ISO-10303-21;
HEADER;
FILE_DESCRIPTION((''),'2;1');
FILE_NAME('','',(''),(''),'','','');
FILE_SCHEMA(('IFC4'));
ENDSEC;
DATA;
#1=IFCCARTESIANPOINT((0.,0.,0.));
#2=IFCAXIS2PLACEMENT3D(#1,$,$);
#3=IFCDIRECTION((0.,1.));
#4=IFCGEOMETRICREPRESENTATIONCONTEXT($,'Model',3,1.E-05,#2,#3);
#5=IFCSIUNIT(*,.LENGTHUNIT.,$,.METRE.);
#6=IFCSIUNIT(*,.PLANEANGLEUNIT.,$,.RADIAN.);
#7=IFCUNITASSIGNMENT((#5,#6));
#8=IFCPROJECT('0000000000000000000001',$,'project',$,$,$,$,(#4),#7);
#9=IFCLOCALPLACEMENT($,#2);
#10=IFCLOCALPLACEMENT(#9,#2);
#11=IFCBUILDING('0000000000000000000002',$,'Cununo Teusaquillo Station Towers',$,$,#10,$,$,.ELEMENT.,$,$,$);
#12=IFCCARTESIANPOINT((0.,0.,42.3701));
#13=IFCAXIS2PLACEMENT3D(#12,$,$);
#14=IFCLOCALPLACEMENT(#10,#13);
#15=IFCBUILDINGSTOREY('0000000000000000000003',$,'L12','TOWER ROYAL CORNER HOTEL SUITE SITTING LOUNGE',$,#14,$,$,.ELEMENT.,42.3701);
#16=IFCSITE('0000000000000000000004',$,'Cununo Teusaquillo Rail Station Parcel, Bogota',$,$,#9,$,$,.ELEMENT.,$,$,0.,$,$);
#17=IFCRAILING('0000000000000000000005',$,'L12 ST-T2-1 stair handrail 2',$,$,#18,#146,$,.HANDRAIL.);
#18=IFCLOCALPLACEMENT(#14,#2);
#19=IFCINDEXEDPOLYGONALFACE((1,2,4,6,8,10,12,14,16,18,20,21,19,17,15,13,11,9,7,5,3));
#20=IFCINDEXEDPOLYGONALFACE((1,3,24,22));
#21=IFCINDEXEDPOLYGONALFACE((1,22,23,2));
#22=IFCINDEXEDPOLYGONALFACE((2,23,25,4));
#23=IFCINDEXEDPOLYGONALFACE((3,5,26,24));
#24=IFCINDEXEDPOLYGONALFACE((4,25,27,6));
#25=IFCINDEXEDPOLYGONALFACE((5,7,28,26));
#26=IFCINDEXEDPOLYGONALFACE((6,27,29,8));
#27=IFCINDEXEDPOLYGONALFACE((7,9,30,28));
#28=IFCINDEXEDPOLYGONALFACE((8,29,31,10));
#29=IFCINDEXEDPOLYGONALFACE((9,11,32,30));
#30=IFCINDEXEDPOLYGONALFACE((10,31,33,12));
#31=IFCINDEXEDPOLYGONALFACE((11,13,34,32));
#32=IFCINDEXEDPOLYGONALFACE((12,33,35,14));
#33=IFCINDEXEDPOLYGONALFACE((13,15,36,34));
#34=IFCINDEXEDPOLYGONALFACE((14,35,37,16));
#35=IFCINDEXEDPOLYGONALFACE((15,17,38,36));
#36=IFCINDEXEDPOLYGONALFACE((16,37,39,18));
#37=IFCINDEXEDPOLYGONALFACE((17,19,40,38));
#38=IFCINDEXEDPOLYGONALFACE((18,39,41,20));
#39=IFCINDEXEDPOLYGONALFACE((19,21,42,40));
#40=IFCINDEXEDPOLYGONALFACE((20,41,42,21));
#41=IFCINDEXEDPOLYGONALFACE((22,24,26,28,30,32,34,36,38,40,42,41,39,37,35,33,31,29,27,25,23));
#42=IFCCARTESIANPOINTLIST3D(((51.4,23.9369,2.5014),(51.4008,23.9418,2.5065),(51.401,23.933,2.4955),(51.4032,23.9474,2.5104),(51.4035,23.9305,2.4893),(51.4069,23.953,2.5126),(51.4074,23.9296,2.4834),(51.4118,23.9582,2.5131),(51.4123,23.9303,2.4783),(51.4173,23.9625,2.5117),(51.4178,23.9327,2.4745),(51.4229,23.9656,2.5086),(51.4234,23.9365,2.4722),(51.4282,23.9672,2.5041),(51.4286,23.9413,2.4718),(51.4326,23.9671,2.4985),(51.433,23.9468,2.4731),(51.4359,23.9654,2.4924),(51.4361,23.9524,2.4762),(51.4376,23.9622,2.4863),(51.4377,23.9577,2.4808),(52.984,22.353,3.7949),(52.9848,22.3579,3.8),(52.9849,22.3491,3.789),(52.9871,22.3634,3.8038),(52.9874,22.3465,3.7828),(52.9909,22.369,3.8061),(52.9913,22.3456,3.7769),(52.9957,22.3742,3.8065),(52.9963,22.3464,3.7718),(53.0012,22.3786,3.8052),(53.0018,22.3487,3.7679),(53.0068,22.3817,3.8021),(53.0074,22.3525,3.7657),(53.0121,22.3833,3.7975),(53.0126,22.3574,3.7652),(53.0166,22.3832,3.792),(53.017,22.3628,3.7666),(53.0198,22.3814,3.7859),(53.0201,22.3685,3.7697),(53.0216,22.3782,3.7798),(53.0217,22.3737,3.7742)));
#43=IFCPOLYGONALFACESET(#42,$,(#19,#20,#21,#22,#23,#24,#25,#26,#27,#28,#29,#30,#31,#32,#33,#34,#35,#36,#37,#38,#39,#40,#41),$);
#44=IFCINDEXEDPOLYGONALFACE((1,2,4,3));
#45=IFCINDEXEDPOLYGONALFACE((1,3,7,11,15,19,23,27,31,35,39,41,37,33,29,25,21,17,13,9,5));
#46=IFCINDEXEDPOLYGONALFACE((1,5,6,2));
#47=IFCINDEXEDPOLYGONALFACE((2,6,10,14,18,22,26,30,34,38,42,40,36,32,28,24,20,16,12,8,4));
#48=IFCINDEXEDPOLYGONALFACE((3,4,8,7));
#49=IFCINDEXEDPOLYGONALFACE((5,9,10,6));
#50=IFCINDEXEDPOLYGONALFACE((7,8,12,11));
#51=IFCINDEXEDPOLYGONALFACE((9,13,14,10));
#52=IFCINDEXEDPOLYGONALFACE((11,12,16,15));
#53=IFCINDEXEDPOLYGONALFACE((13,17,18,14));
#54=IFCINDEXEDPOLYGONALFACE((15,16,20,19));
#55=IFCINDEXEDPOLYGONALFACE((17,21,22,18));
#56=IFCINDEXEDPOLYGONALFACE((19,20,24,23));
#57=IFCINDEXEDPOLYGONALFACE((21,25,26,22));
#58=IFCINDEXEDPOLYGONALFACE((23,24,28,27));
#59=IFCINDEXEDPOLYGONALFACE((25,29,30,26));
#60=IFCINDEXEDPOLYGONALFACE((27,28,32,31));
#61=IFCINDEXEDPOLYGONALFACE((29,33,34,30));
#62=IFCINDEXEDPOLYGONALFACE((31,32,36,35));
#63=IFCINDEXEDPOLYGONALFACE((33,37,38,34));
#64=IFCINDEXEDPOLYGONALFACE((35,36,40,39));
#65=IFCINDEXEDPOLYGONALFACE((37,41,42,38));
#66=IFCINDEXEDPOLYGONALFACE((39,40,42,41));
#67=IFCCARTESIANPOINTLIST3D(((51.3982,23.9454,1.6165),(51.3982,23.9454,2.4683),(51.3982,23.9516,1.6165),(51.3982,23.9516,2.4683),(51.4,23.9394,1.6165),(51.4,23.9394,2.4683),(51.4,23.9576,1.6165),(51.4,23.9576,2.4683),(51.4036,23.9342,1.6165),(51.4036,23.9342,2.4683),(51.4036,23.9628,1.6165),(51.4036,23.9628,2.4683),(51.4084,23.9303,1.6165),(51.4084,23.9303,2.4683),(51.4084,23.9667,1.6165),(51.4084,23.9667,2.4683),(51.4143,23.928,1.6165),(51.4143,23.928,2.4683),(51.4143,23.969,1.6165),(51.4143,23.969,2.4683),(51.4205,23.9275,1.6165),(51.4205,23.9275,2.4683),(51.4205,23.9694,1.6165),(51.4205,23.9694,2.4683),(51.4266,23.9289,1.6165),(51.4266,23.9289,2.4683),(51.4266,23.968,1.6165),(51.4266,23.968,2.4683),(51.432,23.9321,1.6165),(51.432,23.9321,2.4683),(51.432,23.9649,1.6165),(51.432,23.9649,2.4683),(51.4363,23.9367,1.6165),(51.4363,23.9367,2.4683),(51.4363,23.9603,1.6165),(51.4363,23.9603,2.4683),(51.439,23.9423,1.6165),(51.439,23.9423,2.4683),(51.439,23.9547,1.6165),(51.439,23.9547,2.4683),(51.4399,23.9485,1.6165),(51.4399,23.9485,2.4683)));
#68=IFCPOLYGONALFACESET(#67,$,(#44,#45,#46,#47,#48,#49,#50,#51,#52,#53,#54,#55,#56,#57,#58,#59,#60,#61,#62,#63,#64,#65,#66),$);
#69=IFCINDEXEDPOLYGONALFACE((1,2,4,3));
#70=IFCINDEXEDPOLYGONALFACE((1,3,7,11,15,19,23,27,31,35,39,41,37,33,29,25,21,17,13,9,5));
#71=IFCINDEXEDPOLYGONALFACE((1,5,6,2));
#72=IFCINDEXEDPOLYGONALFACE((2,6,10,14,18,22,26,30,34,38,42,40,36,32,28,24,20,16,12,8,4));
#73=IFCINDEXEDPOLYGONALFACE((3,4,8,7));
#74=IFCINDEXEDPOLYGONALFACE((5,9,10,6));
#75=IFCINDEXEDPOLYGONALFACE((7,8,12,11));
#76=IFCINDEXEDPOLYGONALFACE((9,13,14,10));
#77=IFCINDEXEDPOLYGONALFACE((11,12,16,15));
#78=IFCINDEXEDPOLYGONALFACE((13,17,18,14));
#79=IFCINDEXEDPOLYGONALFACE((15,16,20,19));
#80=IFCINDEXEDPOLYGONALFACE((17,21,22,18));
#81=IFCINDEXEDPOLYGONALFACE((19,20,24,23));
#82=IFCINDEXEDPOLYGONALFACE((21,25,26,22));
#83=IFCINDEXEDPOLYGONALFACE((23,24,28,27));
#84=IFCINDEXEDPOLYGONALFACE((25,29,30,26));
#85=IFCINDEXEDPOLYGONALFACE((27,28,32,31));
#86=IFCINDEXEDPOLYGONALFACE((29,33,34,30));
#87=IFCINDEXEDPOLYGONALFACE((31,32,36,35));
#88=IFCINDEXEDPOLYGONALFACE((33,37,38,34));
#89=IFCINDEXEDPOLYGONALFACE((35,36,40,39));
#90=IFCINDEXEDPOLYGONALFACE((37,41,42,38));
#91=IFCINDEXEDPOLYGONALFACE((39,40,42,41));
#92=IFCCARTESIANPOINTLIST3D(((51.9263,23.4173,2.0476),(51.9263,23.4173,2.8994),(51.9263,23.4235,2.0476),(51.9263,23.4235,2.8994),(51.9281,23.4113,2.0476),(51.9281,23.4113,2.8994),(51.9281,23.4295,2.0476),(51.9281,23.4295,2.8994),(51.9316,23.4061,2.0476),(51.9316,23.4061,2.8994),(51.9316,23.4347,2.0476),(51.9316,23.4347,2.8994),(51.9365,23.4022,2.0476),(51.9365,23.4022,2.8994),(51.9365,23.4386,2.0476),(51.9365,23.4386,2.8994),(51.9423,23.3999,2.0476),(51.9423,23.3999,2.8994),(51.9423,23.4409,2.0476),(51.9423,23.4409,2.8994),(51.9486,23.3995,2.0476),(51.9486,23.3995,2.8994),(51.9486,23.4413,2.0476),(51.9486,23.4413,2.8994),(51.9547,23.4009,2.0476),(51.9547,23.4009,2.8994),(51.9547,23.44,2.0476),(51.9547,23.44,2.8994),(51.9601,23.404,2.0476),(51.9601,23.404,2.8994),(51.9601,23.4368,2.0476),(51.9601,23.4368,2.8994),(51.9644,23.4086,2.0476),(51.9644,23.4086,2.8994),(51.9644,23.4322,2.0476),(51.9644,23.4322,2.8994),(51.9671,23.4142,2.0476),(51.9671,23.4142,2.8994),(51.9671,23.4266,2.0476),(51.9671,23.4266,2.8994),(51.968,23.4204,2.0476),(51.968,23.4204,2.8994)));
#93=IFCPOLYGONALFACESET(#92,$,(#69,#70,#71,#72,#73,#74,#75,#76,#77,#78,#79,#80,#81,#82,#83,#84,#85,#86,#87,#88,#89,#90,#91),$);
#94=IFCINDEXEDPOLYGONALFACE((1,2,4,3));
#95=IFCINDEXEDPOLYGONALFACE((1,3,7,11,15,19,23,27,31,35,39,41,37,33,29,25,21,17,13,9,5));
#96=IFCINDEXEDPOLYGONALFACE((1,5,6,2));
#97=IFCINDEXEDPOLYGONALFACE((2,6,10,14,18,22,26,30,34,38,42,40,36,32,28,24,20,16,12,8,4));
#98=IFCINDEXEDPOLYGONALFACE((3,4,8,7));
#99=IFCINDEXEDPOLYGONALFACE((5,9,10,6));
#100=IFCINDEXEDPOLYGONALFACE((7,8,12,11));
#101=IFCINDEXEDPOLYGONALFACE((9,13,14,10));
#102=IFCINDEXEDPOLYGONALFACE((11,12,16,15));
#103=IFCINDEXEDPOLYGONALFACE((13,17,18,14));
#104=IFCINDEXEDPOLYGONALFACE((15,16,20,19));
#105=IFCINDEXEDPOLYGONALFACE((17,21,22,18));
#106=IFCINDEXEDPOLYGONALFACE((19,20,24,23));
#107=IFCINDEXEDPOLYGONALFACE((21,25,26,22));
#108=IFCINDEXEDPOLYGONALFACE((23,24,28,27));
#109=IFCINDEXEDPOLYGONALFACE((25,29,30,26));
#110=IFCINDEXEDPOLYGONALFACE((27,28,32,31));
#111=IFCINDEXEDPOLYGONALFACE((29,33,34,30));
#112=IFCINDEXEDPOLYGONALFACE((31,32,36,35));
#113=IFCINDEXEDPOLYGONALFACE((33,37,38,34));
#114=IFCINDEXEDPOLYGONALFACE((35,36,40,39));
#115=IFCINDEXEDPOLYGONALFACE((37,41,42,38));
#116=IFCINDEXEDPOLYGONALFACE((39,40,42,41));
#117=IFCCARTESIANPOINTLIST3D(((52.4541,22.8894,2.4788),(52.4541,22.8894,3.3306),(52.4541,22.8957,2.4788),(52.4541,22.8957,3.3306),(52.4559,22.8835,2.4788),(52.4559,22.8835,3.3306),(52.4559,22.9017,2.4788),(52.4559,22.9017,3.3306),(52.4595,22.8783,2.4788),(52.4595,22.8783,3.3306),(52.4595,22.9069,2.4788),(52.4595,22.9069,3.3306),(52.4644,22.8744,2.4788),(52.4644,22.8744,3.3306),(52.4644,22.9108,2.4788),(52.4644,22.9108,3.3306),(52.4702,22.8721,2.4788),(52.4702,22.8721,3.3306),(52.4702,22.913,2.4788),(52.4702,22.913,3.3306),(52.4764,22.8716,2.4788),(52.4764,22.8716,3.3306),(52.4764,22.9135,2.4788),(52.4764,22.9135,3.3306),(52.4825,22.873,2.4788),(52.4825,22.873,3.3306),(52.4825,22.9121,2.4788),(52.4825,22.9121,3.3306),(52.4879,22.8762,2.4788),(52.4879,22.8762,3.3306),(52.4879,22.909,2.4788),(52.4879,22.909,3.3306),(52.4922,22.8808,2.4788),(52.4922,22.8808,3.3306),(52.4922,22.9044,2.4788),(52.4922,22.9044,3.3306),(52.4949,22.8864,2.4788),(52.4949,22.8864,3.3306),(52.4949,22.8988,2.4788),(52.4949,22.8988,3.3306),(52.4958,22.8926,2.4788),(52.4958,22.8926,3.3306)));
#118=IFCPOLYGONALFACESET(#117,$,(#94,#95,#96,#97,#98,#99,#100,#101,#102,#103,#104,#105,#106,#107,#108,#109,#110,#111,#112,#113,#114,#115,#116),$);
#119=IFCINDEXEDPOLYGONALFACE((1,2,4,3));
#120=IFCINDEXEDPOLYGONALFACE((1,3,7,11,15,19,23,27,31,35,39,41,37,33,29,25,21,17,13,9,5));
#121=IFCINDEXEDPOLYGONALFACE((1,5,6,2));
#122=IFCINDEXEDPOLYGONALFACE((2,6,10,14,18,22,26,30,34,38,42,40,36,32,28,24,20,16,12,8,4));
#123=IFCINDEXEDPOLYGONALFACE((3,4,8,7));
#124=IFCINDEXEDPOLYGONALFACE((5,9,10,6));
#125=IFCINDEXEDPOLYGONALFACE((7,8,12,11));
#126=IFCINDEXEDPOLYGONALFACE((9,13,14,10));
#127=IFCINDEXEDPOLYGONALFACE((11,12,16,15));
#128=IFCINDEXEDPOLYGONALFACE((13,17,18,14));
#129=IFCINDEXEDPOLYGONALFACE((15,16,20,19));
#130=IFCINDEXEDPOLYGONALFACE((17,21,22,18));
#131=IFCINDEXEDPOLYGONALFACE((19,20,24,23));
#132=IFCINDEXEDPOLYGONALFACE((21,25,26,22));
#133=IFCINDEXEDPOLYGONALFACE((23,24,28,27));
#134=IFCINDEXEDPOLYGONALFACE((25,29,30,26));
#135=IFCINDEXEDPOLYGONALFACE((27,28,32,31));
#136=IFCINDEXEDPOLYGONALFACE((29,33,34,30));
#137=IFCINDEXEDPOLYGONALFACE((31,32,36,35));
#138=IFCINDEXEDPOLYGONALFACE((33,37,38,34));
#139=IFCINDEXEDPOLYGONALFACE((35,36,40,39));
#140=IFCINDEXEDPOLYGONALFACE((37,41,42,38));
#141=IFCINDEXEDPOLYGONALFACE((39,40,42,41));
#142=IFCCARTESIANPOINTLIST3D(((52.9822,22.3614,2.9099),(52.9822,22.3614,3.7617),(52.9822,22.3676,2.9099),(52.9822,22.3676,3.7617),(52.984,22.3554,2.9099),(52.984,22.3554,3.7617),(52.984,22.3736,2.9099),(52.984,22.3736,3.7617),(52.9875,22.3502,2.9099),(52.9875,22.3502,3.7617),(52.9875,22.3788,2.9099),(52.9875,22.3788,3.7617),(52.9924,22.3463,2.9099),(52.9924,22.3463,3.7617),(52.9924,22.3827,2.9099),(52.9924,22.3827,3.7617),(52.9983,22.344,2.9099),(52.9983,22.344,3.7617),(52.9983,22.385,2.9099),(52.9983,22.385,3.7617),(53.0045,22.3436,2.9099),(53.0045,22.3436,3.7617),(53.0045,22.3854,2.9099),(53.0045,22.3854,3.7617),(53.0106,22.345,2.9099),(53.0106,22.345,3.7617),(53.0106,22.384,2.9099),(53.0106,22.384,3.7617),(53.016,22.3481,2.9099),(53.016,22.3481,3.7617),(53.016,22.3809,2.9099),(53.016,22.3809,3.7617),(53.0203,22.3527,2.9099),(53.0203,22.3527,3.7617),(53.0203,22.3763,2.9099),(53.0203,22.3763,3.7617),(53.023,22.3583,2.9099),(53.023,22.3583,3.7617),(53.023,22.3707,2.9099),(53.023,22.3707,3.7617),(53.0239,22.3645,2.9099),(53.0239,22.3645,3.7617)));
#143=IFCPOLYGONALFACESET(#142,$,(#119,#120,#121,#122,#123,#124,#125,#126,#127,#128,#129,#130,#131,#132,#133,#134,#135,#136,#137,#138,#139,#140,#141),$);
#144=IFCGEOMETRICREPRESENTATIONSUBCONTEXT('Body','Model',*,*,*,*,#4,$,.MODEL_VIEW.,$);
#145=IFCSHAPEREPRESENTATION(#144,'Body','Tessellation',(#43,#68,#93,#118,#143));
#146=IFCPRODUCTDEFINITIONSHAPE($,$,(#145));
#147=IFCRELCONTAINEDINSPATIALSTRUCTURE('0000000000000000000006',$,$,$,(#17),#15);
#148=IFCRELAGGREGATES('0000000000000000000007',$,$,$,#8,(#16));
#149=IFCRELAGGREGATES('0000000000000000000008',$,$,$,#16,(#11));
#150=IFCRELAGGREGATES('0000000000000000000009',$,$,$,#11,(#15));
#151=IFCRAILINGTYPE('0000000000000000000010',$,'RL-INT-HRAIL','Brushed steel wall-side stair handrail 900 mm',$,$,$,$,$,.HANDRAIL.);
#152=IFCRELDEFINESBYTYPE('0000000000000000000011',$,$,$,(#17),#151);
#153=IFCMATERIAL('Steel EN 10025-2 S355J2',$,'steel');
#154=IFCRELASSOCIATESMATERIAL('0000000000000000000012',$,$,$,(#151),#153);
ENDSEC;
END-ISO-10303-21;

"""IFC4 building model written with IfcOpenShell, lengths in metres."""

from ifc_helpers import new_model, si_unit, direction, frame, origin, origin_2d, place, context, subcontext, project, spatial, circle, extrude, material, type_object, element, save


model = new_model("IFC4")

# Units and contexts
model_context = context("Model", 3, precision=1e-05, world=origin(), true_north=direction((0.0, 1.0)))
body_context = subcontext(model_context, "Body", "Model", "MODEL_VIEW")
ifc_project = project(units=[si_unit("LENGTHUNIT", "METRE"), si_unit("PLANEANGLEUNIT", "RADIAN")], contexts=[model_context])

# Site, building, storey
site_placement = place(None, origin())
site = spatial("IfcSite", under=ifc_project, at=site_placement, Name="Cununo Teusaquillo Rail Station Parcel, Bogota", CompositionType="ELEMENT", RefElevation=0.0)
building_placement = place(site_placement, origin())
building = spatial("IfcBuilding", under=site, at=building_placement, Name="Cununo Teusaquillo Station Towers", CompositionType="ELEMENT")
storey_placement = place(building_placement, frame((0.0, 0.0, 42.3701)))
storey = spatial("IfcBuildingStorey", under=building, at=storey_placement, Name="L12", Description="TOWER ROYAL CORNER HOTEL SUITE SITTING LOUNGE", CompositionType="ELEMENT", Elevation=42.3701)

# Railing
ifc_material_1 = material(Name="Steel EN 10025-2 S355J2", Category="steel")
railing_type = type_object("IfcRailingType", Name="RL-INT-HRAIL", Description="Brushed steel wall-side stair handrail 900 mm", PredefinedType="HANDRAIL", material=ifc_material_1)
railing_placement = place(storey_placement, frame((51.4189, 23.9485, 1.6165)))
element("IfcRailing", 1, at=railing_placement, inside=storey, type_object=railing_type, Name="L12 ST-T2-1 stair handrail 2", PredefinedType="HANDRAIL", context=body_context, shape_type="SweptSolid", body=[
    extrude(circle(Radius=0.0239, at=origin_2d()), frame((0.0, 0.0, 0.876), z_axis=(0.612356, -0.612356, 0.50004), x_axis=(0.707107, 0.707107, 0.0)), (0.0, 0.0, 1.0), 2.5867),
    extrude(circle(Radius=0.021, at=origin_2d()), origin(), (0.0, 0.0, 1.0), 0.8518),
    extrude(circle(Radius=0.021, at=origin_2d()), frame((0.5281, -0.5281, 0.4312)), (0.0, 0.0, 1.0), 0.8518),
    extrude(circle(Radius=0.021, at=origin_2d()), frame((1.0559, -1.0559, 0.8623)), (0.0, 0.0, 1.0), 0.8518),
    extrude(circle(Radius=0.021, at=origin_2d()), frame((1.584, -1.584, 1.2935)), (0.0, 0.0, 1.0), 0.8518),
])

save(model, "model.ifc")
